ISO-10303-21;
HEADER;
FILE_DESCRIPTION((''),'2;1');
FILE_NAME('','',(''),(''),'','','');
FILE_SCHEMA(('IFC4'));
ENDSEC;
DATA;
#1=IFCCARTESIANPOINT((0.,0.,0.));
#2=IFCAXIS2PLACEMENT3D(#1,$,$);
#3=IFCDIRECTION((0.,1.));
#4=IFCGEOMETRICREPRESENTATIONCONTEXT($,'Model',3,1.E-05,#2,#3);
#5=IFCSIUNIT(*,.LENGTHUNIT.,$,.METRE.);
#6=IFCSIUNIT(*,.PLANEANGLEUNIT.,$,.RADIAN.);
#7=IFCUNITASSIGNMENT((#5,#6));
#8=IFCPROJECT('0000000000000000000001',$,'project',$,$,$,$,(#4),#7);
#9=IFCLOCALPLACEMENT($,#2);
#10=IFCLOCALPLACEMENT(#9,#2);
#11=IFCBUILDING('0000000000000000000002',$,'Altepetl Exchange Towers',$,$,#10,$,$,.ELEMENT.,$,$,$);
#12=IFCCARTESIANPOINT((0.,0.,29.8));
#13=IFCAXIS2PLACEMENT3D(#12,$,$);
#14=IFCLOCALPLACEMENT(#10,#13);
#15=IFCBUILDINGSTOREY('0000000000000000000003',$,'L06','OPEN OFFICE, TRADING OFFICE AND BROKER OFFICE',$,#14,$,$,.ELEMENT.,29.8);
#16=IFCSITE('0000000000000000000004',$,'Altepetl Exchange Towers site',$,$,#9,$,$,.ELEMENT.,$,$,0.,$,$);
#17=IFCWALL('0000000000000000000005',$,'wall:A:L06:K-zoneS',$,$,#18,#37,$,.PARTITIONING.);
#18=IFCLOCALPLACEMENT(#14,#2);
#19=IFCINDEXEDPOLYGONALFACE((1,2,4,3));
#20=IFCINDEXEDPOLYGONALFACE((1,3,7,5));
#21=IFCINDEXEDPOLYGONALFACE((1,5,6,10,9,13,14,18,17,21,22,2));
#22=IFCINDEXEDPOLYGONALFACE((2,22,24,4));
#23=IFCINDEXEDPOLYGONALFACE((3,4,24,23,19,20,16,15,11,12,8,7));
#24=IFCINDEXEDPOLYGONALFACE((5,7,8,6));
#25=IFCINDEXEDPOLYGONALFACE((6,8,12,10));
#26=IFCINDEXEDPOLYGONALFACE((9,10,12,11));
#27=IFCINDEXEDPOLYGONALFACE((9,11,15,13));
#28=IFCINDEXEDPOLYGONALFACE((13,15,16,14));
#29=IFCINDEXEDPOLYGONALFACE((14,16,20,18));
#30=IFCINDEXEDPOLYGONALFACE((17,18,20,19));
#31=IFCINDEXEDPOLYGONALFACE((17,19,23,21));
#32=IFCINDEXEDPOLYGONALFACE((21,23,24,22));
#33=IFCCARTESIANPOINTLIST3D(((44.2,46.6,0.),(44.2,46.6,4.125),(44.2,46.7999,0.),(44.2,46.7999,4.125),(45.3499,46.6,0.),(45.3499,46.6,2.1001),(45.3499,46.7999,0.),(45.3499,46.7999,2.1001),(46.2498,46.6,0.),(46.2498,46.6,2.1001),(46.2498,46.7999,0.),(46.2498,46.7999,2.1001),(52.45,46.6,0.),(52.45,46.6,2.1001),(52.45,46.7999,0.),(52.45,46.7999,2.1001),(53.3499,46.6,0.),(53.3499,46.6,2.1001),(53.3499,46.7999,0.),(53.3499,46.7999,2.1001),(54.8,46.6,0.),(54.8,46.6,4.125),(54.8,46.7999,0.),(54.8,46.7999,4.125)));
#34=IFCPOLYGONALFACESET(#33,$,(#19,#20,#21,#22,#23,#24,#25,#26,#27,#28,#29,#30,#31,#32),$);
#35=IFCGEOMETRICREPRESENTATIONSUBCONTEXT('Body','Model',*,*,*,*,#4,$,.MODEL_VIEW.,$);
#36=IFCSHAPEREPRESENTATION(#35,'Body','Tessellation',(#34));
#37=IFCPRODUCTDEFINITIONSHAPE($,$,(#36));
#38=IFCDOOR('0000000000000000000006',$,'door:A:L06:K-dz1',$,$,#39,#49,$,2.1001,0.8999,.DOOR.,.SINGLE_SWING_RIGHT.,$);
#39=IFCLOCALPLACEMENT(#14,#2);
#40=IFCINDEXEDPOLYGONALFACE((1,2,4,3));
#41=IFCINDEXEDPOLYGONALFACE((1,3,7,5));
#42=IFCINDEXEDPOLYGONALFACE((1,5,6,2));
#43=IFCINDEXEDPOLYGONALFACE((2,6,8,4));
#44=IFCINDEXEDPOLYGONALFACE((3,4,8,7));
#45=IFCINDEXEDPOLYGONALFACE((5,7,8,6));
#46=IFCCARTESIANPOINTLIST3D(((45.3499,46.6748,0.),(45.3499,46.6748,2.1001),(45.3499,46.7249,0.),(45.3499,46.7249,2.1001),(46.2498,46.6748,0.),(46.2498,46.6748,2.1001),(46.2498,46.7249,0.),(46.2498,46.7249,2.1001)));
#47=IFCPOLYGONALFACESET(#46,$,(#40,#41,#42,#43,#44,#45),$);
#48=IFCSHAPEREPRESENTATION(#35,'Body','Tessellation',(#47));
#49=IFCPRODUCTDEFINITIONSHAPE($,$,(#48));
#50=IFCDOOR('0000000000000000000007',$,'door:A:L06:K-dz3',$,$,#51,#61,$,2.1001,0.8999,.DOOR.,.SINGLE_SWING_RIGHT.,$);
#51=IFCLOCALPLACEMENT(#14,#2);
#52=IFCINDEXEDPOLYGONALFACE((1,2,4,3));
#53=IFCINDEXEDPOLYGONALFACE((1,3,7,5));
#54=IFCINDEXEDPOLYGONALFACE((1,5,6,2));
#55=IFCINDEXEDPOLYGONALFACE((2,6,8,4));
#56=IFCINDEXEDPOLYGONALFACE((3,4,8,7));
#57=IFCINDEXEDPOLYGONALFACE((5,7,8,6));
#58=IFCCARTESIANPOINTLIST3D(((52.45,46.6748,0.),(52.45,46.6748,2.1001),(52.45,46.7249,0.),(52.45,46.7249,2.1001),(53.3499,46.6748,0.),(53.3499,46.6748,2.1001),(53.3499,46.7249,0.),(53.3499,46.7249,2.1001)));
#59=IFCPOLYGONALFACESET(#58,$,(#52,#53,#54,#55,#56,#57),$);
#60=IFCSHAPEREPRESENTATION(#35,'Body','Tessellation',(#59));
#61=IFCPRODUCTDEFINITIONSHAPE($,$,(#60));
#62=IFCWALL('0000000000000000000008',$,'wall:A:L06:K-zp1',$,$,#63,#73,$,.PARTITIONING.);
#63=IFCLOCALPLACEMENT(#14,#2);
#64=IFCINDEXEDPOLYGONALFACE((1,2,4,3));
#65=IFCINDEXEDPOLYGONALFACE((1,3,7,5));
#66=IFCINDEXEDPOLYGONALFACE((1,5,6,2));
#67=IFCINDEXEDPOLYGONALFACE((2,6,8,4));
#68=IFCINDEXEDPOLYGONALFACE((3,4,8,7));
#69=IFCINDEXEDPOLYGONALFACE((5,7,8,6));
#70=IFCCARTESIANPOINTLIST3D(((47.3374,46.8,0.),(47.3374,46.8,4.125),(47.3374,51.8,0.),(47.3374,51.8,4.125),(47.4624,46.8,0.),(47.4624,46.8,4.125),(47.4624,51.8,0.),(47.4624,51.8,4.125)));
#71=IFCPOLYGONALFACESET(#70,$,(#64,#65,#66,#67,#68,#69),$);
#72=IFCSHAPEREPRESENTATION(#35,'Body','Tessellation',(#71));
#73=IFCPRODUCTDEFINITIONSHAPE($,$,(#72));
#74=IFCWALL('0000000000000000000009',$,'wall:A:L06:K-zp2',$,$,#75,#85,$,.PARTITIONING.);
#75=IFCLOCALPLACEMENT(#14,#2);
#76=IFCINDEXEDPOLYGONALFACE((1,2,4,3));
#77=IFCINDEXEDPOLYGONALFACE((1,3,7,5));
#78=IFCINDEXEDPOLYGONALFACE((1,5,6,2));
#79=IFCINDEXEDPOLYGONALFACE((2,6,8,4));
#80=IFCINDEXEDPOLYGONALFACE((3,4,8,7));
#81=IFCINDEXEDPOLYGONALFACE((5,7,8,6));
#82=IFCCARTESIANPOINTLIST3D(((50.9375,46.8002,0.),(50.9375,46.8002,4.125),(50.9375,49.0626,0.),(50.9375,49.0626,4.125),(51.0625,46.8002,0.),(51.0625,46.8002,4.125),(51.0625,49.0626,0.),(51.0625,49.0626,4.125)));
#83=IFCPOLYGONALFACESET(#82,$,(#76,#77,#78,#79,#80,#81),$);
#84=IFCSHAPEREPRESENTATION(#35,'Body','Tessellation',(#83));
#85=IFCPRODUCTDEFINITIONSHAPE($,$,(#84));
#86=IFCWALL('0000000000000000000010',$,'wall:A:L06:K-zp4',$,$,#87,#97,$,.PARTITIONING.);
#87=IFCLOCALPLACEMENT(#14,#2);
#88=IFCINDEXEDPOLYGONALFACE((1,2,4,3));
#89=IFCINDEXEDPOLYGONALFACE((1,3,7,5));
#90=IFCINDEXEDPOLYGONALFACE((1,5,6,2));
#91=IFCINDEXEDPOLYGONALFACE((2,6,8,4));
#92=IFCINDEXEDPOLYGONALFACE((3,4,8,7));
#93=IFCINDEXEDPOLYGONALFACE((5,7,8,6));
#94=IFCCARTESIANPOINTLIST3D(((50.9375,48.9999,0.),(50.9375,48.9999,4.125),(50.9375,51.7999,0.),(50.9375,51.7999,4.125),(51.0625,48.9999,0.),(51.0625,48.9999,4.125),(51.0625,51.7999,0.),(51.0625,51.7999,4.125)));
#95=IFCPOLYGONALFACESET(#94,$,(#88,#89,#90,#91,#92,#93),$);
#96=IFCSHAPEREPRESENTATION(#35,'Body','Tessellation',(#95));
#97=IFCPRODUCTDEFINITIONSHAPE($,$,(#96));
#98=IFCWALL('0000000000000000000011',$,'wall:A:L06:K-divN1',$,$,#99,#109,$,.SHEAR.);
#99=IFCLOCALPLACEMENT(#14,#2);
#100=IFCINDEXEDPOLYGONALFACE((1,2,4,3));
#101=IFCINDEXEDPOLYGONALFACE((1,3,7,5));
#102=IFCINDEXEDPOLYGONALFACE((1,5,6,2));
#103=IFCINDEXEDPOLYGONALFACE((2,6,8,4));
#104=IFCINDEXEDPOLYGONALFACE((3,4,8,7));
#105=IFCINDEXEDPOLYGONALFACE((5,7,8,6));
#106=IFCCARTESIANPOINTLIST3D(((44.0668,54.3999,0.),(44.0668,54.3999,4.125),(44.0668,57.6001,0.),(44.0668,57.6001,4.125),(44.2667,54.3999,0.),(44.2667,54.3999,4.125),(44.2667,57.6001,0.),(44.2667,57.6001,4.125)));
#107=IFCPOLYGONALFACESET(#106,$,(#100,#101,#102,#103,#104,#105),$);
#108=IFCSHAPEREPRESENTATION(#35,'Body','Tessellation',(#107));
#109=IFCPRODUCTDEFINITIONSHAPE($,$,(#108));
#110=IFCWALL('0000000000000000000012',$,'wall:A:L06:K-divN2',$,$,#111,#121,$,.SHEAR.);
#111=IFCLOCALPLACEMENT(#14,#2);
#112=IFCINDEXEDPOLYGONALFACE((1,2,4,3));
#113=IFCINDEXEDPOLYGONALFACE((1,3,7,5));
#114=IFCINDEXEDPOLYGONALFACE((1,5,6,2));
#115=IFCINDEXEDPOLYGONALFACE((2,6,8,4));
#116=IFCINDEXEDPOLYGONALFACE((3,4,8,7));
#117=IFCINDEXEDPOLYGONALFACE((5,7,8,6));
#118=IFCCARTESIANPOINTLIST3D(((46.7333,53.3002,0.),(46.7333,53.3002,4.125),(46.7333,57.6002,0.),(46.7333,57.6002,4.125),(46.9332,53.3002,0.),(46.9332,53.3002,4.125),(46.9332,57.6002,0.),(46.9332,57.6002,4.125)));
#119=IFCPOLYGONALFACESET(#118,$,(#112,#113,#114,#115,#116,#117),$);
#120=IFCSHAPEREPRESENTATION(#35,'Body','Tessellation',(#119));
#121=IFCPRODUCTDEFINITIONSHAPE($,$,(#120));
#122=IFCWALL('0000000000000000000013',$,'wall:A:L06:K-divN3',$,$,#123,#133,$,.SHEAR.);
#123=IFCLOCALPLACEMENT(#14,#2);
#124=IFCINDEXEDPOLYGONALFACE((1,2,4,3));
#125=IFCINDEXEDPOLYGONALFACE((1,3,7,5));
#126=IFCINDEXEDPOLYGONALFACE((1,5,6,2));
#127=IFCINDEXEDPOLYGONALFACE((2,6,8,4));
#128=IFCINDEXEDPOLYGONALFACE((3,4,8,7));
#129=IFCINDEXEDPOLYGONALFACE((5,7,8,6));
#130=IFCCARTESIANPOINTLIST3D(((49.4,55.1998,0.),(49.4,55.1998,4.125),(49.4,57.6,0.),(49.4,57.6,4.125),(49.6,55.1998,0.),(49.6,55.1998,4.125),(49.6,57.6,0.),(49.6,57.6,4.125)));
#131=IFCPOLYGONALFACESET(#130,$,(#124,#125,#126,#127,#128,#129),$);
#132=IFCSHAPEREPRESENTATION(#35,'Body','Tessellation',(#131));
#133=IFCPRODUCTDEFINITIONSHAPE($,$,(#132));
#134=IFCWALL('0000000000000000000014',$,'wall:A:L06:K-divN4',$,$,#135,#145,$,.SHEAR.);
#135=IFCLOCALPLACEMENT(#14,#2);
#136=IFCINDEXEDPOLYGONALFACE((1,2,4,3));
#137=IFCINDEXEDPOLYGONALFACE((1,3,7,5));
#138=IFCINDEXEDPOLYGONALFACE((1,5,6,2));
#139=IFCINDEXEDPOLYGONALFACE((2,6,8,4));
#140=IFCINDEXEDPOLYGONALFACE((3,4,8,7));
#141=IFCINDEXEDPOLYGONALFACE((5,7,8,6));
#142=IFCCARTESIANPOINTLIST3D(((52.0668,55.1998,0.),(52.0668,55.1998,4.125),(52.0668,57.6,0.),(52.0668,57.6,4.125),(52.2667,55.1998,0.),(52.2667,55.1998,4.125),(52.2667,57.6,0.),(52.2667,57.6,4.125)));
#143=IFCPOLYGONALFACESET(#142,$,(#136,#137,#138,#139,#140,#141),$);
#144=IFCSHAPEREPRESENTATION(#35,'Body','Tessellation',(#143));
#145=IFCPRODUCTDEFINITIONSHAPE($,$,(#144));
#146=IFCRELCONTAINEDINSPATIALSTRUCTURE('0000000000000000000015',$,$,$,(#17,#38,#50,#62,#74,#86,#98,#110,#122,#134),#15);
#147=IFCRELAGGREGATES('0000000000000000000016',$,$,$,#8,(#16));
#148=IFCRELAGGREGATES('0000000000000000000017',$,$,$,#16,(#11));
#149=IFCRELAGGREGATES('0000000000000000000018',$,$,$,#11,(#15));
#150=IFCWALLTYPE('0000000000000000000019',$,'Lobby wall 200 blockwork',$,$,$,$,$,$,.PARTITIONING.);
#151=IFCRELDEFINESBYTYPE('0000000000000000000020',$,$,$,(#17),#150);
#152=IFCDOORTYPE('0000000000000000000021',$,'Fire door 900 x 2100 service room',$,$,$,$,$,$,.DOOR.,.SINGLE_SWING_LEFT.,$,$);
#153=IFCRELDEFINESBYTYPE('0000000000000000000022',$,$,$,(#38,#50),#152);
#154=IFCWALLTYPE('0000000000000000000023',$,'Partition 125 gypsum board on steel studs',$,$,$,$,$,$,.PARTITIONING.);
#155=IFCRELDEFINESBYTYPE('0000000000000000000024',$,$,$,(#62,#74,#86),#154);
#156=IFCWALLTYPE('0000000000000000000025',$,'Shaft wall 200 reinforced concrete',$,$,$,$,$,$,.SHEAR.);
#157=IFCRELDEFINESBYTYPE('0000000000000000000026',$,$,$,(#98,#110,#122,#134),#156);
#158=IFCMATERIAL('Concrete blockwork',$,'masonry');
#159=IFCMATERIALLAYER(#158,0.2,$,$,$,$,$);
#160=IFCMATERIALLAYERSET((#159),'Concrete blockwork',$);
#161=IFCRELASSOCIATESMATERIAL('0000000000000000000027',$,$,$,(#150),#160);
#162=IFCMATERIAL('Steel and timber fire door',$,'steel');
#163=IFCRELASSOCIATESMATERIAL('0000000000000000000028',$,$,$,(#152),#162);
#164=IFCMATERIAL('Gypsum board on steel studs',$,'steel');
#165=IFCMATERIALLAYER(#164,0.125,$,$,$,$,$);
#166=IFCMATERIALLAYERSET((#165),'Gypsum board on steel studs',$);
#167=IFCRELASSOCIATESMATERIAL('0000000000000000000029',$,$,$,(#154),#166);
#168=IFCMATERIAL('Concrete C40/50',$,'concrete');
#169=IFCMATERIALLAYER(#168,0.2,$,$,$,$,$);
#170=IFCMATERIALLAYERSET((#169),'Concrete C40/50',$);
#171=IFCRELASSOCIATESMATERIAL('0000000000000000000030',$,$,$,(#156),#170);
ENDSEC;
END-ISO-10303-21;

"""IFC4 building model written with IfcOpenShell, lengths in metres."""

from ifc_helpers import new_model, si_unit, direction, frame, frame_2d, origin, place, context, subcontext, project, spatial, rectangle, extrude, material, layer, layer_set, type_object, element, fill, save


model = new_model("IFC4")

# Units and contexts
model_context = context("Model", 3, precision=1e-05, world=origin(), true_north=direction((0.0, 1.0)))
body_context = subcontext(model_context, "Body", "Model", "MODEL_VIEW")
ifc_project = project(units=[si_unit("LENGTHUNIT", "METRE"), si_unit("PLANEANGLEUNIT", "RADIAN")], contexts=[model_context])

# Site, building, storey
site_placement = place(None, origin())
site = spatial("IfcSite", under=ifc_project, at=site_placement, Name="Altepetl Exchange Towers site", CompositionType="ELEMENT", RefElevation=0.0)
building_placement = place(site_placement, origin())
building = spatial("IfcBuilding", under=site, at=building_placement, Name="Altepetl Exchange Towers", CompositionType="ELEMENT")
storey_placement = place(building_placement, frame((0.0, 0.0, 29.8)))
storey = spatial("IfcBuildingStorey", under=building, at=storey_placement, Name="L06", Description="OPEN OFFICE, TRADING OFFICE AND BROKER OFFICE", CompositionType="ELEMENT", Elevation=29.8)

# Shared definitions
ifc_material_1 = material(Name="Concrete blockwork", Category="masonry")
ifc_layer_1 = layer(ifc_material_1, 0.2)
ifc_layer_set_1 = layer_set([ifc_layer_1], Name="Concrete blockwork")
wall_type_1 = type_object("IfcWallType", Name="Lobby wall 200 blockwork", PredefinedType="PARTITIONING", material=ifc_layer_set_1)

# Shared definitions
ifc_material_2 = material(Name="Steel and timber fire door", Category="steel")

# Wall, openings, doors
door_type_1 = type_object("IfcDoorType", Name="Fire door 900 x 2100 service room", OperationType="SINGLE_SWING_LEFT", PredefinedType="DOOR", material=ifc_material_2)
wall_1_placement = place(storey_placement, frame((44.2, 46.7, 0.0)))
wall_1 = element("IfcWall", 1, at=wall_1_placement, inside=storey, type_object=wall_type_1, Name="wall:A:L06:K-zoneS", PredefinedType="PARTITIONING", context=body_context, shape_type="SweptSolid", body=[
    extrude(rectangle(XDim=10.6001, YDim=0.2, at=frame_2d((5.3, 0.0))), origin(), (0.0, 0.0, 1.0), 4.125),
])
opening_1_placement = place(wall_1_placement, frame((1.1499, 0.0, 0.0)))
opening_1 = element("IfcOpeningElement", 2, at=opening_1_placement, cuts=wall_1, PredefinedType="OPENING", context=body_context, shape_type="SweptSolid", body=[
    extrude(rectangle(XDim=0.8999, YDim=2.1001, at=frame_2d((0.45, 1.05))), frame((0.0, 0.1099, 0.0), z_axis=(0.0, -1.0, 0.0), x_axis=(1.0, 0.0, 0.0)), (0.0, 0.0, 1.0), 0.22),
])
opening_2_placement = place(wall_1_placement, frame((8.25, 0.0, 0.0)))
opening_2 = element("IfcOpeningElement", 3, at=opening_2_placement, cuts=wall_1, PredefinedType="OPENING", context=body_context, shape_type="SweptSolid", body=[
    extrude(rectangle(XDim=0.8999, YDim=2.1001, at=frame_2d((0.45, 1.05))), frame((0.0, 0.1099, 0.0), z_axis=(0.0, -1.0, 0.0), x_axis=(1.0, 0.0, 0.0)), (0.0, 0.0, 1.0), 0.22),
])
door_1_placement = place(opening_1_placement, origin())
door_1 = element("IfcDoor", 4, at=door_1_placement, inside=storey, type_object=door_type_1, Name="door:A:L06:K-dz1", OperationType="SINGLE_SWING_RIGHT", OverallHeight=2.1001, OverallWidth=0.8999, PredefinedType="DOOR", context=body_context, shape_type="SweptSolid", body=[
    extrude(rectangle(XDim=0.8999, YDim=2.1001, at=frame_2d((0.45, 1.05))), frame((0.0, 0.0249, 0.0), z_axis=(0.0, -1.0, 0.0), x_axis=(1.0, 0.0, 0.0)), (0.0, 0.0, 1.0), 0.05),
])
fill(opening_1, door_1)
door_2_placement = place(opening_2_placement, origin())
door_2 = element("IfcDoor", 5, at=door_2_placement, inside=storey, type_object=door_type_1, Name="door:A:L06:K-dz3", OperationType="SINGLE_SWING_RIGHT", OverallHeight=2.1001, OverallWidth=0.8999, PredefinedType="DOOR", context=body_context, shape_type="SweptSolid", body=[
    extrude(rectangle(XDim=0.8999, YDim=2.1001, at=frame_2d((0.45, 1.05))), frame((0.0, 0.0249, 0.0), z_axis=(0.0, -1.0, 0.0), x_axis=(1.0, 0.0, 0.0)), (0.0, 0.0, 1.0), 0.05),
])
fill(opening_2, door_2)

# Walls
ifc_material_3 = material(Name="Gypsum board on steel studs", Category="steel")
ifc_layer_2 = layer(ifc_material_3, 0.125)
ifc_layer_set_2 = layer_set([ifc_layer_2], Name="Gypsum board on steel studs")
wall_type_2 = type_object("IfcWallType", Name="Partition 125 gypsum board on steel studs", PredefinedType="PARTITIONING", material=ifc_layer_set_2)
wall_2_placement = place(storey_placement, frame((47.3999, 46.8, 0.0), z_axis=(0.0, 0.0, 1.0), x_axis=(0.0, 1.0, 0.0)))
element("IfcWall", 6, at=wall_2_placement, inside=storey, type_object=wall_type_2, Name="wall:A:L06:K-zp1", PredefinedType="PARTITIONING", context=body_context, shape_type="SweptSolid", body=[
    extrude(rectangle(XDim=5.0, YDim=0.125, at=frame_2d((2.5, 0.0))), origin(), (0.0, 0.0, 1.0), 4.125),
])
wall_3_placement = place(storey_placement, frame((51.0, 46.8, 0.0), z_axis=(0.0, 0.0, 1.0), x_axis=(0.0, 1.0, 0.0)))
element("IfcWall", 7, at=wall_3_placement, inside=storey, type_object=wall_type_2, Name="wall:A:L06:K-zp2", PredefinedType="PARTITIONING", context=body_context, shape_type="SweptSolid", body=[
    extrude(rectangle(XDim=2.2625, YDim=0.125, at=frame_2d((1.1313, 0.0))), origin(), (0.0, 0.0, 1.0), 4.125),
])
wall_4_placement = place(storey_placement, frame((51.0, 49.0, 0.0), z_axis=(0.0, 0.0, 1.0), x_axis=(0.0, 1.0, 0.0)))
element("IfcWall", 8, at=wall_4_placement, inside=storey, type_object=wall_type_2, Name="wall:A:L06:K-zp4", PredefinedType="PARTITIONING", context=body_context, shape_type="SweptSolid", body=[
    extrude(rectangle(XDim=2.8, YDim=0.125, at=frame_2d((1.3999, 0.0))), origin(), (0.0, 0.0, 1.0), 4.125),
])
ifc_material_4 = material(Name="Concrete C40/50", Category="concrete")
ifc_layer_3 = layer(ifc_material_4, 0.2)
ifc_layer_set_3 = layer_set([ifc_layer_3], Name="Concrete C40/50")
wall_type_3 = type_object("IfcWallType", Name="Shaft wall 200 reinforced concrete", PredefinedType="SHEAR", material=ifc_layer_set_3)
wall_5_placement = place(storey_placement, frame((44.1667, 57.6001, 0.0), z_axis=(0.0, 0.0, 1.0), x_axis=(0.0, -1.0, 0.0)))
element("IfcWall", 9, at=wall_5_placement, inside=storey, type_object=wall_type_3, Name="wall:A:L06:K-divN1", PredefinedType="SHEAR", context=body_context, shape_type="SweptSolid", body=[
    extrude(rectangle(XDim=3.2002, YDim=0.2, at=frame_2d((1.6001, 0.0))), origin(), (0.0, 0.0, 1.0), 4.125),
])
wall_6_placement = place(storey_placement, frame((46.8333, 57.6001, 0.0), z_axis=(0.0, 0.0, 1.0), x_axis=(0.0, -1.0, 0.0)))
element("IfcWall", 10, at=wall_6_placement, inside=storey, type_object=wall_type_3, Name="wall:A:L06:K-divN2", PredefinedType="SHEAR", context=body_context, shape_type="SweptSolid", body=[
    extrude(rectangle(XDim=4.3, YDim=0.2, at=frame_2d((2.1499, 0.0))), origin(), (0.0, 0.0, 1.0), 4.125),
])
for number, where, z_axis, x_axis, name in (
    (11, (49.5, 57.6001, 0.0), (0.0, 0.0, 1.0), (0.0, -1.0, 0.0), "wall:A:L06:K-divN3"),
    (12, (52.1667, 57.6001, 0.0), (0.0, 0.0, 1.0), (0.0, -1.0, 0.0), "wall:A:L06:K-divN4"),
):
    element("IfcWall", number, at=place(storey_placement, frame(where, z_axis=z_axis, x_axis=x_axis)), inside=storey, type_object=wall_type_3, Name=name, PredefinedType="SHEAR", context=body_context, shape_type="SweptSolid", body=[
        extrude(rectangle(XDim=2.4001, YDim=0.2, at=frame_2d((1.2002, 0.0))), origin(), (0.0, 0.0, 1.0), 4.125),
    ])

save(model, "model.ifc")
